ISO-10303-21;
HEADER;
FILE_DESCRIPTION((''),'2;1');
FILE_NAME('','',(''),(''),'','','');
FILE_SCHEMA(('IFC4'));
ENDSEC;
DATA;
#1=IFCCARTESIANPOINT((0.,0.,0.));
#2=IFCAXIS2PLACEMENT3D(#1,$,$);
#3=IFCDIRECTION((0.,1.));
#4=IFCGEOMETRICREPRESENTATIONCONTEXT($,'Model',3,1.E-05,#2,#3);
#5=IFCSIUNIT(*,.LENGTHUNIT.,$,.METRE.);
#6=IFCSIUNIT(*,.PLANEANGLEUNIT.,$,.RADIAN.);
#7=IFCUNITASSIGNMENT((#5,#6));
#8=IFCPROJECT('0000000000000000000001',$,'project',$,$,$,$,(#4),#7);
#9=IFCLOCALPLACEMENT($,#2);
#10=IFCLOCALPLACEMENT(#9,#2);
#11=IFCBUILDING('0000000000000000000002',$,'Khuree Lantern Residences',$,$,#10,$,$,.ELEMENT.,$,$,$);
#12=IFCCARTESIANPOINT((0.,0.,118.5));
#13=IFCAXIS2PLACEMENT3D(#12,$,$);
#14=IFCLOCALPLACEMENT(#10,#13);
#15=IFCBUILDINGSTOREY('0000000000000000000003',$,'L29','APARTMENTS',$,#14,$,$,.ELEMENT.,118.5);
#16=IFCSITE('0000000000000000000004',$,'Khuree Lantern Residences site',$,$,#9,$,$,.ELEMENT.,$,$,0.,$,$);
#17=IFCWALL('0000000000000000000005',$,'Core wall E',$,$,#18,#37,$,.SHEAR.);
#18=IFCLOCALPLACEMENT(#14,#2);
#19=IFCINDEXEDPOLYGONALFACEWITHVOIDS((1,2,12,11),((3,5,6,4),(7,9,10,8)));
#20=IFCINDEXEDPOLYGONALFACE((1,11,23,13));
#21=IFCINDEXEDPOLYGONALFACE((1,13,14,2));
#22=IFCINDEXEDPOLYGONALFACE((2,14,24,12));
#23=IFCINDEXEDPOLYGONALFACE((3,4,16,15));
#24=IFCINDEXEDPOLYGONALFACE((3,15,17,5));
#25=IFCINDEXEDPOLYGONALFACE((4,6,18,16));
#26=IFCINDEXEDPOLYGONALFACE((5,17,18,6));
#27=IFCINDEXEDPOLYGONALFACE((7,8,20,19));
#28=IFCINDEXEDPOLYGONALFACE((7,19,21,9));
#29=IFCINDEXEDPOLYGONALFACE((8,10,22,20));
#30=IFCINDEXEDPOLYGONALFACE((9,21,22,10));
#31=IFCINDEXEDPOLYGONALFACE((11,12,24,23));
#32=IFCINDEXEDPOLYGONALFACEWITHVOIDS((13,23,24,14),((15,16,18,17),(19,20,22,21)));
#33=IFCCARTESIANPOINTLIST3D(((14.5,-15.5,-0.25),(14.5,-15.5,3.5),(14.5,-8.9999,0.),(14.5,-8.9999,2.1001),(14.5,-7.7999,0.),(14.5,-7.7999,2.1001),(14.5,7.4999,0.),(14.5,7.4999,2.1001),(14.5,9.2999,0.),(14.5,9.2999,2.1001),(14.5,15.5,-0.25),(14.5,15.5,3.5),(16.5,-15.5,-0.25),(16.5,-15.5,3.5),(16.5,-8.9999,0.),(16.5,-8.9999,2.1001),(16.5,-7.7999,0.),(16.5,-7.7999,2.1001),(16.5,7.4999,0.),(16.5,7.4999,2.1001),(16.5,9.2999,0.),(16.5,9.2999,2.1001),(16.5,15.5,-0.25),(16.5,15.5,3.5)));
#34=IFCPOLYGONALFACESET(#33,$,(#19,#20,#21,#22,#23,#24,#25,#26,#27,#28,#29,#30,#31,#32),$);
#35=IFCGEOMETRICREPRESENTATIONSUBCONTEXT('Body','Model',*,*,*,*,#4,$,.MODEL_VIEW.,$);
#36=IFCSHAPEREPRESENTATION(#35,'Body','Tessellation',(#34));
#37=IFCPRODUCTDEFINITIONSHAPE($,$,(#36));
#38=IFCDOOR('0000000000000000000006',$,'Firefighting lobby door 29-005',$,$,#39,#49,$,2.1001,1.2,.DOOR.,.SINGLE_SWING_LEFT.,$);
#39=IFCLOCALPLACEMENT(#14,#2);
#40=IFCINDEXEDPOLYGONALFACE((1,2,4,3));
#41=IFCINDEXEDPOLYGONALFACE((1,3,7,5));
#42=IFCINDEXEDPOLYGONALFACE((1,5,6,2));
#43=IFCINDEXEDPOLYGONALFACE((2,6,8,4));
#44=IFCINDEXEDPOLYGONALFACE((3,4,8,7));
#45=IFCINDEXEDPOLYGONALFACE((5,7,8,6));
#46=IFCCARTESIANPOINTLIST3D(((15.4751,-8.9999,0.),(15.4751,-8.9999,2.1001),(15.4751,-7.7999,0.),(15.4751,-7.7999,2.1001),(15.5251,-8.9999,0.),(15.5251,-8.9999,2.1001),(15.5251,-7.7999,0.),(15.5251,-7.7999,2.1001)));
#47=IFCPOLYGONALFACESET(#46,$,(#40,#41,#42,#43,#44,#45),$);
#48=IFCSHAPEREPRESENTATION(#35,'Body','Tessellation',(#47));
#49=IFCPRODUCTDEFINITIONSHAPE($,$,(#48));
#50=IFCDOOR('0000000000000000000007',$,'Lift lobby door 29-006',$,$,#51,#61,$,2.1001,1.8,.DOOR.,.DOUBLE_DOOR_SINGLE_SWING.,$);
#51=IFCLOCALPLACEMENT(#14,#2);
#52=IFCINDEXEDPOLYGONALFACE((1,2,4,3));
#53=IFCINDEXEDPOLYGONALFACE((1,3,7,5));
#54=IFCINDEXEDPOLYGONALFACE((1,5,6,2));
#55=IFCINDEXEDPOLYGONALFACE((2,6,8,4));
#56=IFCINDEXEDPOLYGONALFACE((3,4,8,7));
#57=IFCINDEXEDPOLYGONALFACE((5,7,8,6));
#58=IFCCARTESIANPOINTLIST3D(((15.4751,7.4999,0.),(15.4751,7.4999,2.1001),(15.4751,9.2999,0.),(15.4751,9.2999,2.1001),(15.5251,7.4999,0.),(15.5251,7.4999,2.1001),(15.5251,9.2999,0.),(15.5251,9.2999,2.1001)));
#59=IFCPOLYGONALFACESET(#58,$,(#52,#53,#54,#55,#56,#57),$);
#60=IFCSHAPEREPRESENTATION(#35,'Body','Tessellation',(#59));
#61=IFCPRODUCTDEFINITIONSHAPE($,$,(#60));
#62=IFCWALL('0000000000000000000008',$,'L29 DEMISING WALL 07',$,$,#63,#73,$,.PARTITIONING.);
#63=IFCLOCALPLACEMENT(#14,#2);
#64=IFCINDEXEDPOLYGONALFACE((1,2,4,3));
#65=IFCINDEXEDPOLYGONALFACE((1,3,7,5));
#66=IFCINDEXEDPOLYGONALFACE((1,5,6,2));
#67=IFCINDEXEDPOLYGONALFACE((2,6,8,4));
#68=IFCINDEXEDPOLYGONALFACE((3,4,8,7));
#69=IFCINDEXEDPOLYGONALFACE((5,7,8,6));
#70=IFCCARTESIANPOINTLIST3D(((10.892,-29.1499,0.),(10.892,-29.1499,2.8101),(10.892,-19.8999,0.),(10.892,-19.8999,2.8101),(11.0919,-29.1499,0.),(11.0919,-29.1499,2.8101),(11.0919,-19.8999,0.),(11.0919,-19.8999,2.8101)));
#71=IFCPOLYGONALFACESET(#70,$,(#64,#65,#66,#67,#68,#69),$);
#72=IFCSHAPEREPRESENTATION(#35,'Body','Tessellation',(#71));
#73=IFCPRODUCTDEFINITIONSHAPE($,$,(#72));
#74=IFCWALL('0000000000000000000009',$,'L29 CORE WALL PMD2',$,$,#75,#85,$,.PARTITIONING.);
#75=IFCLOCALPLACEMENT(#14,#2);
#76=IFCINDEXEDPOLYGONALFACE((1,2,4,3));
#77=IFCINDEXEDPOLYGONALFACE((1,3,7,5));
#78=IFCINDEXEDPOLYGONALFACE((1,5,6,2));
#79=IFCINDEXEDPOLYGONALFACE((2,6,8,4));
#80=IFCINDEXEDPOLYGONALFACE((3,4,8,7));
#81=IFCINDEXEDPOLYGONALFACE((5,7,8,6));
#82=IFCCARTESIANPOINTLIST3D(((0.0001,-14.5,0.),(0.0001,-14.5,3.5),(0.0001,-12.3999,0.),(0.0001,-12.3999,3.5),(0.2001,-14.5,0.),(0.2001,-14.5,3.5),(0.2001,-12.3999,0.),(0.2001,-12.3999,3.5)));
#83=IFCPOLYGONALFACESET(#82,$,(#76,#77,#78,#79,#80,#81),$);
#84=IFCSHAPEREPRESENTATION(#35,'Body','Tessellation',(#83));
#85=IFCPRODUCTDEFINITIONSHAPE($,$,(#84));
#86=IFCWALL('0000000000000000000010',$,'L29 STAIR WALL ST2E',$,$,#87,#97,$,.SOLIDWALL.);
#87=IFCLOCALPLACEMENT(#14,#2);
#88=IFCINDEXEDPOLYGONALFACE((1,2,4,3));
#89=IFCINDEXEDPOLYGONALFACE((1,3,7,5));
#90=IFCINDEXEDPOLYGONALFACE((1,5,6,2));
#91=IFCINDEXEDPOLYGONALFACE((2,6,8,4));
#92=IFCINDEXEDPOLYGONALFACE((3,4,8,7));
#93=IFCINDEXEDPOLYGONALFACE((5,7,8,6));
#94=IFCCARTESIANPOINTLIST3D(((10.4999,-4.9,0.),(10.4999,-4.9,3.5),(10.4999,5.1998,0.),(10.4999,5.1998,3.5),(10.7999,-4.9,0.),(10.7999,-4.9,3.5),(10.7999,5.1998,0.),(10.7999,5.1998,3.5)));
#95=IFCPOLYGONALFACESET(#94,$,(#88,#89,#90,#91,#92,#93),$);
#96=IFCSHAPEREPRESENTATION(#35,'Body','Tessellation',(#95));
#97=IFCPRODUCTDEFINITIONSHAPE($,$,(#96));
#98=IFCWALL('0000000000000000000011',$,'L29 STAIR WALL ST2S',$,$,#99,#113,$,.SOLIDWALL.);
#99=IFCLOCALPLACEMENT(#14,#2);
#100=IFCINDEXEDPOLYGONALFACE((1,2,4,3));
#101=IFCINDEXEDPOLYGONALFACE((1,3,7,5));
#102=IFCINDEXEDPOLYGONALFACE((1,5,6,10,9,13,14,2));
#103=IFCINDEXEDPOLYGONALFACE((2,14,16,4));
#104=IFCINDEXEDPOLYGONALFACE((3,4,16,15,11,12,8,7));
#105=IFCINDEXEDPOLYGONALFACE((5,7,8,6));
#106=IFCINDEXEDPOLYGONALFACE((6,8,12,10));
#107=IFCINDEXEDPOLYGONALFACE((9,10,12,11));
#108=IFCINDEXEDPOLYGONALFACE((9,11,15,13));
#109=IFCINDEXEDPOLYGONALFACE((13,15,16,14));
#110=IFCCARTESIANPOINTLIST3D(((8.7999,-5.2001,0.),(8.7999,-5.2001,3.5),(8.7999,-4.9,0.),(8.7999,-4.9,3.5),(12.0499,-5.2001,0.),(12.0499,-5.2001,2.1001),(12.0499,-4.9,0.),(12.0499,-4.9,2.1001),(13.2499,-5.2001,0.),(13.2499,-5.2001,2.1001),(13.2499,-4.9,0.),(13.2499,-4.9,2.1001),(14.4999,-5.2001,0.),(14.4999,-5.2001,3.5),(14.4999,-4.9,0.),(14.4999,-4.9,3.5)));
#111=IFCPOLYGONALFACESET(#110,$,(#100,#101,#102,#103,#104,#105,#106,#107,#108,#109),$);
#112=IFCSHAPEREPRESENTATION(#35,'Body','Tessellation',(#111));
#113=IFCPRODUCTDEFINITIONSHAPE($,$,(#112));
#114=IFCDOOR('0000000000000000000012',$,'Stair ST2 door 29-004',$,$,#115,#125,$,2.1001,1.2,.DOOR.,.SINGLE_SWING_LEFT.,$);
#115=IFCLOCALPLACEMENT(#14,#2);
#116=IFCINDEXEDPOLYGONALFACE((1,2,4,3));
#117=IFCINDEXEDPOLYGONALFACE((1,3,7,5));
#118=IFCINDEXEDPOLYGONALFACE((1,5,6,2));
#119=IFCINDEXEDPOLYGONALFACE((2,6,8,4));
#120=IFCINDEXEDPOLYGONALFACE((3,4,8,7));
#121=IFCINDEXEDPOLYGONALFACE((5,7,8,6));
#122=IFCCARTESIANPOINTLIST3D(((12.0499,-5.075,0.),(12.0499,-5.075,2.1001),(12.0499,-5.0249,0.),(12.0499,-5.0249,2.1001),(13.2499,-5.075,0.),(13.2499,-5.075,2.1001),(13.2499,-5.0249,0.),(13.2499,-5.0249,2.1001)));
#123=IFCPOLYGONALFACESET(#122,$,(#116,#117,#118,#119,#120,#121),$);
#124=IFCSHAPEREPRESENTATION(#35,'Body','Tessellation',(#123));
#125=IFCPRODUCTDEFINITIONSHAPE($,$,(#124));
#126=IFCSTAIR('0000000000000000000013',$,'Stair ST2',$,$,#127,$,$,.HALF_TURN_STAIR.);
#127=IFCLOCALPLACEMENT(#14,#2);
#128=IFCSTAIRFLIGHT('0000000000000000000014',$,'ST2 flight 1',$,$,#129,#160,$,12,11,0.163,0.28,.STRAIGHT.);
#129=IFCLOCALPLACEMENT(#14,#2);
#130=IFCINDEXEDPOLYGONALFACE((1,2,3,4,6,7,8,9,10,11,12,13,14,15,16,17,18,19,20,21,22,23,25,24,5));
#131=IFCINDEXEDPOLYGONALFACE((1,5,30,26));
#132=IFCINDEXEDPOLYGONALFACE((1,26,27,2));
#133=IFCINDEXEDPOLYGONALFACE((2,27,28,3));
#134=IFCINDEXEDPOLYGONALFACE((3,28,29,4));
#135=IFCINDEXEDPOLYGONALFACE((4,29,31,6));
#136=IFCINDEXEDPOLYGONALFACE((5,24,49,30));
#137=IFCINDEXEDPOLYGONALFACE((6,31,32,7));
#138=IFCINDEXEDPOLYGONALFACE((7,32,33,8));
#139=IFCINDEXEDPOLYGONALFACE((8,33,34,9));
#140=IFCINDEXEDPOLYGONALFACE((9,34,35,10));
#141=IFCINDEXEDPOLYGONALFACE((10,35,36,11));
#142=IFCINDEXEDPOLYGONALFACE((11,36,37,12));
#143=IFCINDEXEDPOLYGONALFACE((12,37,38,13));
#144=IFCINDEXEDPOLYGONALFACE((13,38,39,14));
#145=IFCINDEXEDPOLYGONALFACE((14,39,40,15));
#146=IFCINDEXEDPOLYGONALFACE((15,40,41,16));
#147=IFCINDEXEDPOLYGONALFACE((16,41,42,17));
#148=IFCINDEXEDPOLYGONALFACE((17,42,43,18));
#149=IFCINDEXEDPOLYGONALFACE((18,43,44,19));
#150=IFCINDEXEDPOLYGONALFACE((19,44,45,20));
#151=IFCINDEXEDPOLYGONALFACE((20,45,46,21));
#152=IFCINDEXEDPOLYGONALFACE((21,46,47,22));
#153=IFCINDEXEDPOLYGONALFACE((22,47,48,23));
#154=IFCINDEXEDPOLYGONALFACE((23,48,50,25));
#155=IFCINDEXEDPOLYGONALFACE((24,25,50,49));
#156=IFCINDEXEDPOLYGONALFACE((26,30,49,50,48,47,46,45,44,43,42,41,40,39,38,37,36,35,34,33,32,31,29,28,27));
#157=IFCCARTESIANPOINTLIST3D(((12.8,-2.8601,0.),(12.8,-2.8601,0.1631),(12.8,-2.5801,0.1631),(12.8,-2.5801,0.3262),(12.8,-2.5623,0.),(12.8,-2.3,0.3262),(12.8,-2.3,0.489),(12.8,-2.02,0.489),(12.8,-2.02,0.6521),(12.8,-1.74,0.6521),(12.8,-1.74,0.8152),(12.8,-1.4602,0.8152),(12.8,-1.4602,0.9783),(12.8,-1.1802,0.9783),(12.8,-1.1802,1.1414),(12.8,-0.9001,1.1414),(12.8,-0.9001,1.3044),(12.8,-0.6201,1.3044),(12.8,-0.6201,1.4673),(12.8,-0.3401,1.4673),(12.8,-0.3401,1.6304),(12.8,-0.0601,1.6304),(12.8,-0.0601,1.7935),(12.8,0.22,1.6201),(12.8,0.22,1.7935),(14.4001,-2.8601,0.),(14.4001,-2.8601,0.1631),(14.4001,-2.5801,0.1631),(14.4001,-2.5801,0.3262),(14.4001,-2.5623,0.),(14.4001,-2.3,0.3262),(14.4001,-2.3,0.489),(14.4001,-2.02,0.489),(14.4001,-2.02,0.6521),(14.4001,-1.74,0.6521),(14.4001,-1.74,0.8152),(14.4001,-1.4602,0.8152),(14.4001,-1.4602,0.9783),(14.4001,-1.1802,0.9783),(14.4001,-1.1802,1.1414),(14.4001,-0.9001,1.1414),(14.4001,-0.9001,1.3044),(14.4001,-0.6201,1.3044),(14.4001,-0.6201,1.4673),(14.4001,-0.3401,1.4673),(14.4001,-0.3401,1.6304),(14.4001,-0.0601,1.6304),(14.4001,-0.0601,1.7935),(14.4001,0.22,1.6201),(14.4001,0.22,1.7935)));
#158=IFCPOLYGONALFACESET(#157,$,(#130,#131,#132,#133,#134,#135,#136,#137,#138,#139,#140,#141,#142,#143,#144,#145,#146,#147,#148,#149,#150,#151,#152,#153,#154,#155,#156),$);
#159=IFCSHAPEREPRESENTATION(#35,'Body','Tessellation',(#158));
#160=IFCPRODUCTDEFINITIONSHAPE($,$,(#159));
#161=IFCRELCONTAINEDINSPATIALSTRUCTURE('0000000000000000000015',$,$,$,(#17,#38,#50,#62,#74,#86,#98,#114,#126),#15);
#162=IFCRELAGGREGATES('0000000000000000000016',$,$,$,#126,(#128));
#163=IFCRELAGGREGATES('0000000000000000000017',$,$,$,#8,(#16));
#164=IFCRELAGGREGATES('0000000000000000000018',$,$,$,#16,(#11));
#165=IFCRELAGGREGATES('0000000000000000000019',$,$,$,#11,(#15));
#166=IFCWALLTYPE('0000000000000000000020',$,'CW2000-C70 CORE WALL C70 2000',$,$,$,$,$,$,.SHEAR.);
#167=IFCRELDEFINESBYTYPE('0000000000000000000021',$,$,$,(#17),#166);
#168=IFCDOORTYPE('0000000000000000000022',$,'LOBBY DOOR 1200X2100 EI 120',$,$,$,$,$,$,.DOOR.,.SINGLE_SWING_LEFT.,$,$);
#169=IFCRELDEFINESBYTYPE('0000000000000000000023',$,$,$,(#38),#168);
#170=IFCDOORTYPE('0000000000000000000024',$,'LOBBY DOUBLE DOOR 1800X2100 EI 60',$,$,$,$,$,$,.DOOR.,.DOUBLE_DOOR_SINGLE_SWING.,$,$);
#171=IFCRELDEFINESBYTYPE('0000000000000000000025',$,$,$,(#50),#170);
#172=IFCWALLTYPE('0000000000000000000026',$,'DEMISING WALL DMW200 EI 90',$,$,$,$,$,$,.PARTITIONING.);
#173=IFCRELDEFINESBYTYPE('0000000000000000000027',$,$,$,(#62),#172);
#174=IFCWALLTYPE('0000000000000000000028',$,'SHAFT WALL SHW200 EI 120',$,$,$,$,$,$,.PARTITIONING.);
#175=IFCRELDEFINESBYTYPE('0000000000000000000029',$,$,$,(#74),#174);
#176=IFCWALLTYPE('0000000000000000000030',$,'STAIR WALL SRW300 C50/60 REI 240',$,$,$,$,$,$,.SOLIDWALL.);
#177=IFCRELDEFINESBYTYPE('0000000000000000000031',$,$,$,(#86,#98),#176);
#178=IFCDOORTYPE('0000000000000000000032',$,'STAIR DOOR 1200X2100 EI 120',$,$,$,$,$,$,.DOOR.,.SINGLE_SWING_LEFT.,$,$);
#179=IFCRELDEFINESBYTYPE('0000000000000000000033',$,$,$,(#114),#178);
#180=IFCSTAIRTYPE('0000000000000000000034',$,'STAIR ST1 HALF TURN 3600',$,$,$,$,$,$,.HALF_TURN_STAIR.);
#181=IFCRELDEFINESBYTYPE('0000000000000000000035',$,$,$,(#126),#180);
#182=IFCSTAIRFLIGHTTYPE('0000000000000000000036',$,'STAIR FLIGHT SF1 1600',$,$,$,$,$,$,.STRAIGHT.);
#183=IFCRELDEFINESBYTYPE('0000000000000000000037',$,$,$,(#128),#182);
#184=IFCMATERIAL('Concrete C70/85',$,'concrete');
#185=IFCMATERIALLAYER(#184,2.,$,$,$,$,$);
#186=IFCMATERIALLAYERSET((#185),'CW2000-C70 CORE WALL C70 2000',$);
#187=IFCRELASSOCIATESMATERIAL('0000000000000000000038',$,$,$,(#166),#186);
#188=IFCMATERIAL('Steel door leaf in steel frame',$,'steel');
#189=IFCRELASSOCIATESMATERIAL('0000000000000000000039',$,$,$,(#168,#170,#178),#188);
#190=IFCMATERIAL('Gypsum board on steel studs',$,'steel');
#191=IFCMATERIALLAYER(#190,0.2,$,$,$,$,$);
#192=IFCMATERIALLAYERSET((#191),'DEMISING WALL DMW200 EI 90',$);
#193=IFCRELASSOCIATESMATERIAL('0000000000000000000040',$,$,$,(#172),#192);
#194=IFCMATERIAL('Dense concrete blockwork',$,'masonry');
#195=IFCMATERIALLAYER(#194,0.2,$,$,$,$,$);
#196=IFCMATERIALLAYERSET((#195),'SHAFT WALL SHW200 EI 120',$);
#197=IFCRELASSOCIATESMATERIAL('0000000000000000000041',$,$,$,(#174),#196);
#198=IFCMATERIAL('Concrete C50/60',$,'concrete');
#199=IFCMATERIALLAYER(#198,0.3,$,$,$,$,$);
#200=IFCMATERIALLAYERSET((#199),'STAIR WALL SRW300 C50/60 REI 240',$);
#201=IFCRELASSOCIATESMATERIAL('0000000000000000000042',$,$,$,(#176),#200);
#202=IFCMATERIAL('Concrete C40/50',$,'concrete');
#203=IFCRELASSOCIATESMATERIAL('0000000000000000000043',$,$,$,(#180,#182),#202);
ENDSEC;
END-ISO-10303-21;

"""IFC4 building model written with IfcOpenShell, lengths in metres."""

from ifc_helpers import new_model, si_unit, direction, frame, frame_2d, origin, place, context, subcontext, project, spatial, polyline, rectangle, outline, extrude, material, layer, layer_set, type_object, element, fill, aggregate, save


model = new_model("IFC4")

# Units and contexts
model_context = context("Model", 3, precision=1e-05, world=origin(), true_north=direction((0.0, 1.0)))
body_context = subcontext(model_context, "Body", "Model", "MODEL_VIEW")
ifc_project = project(units=[si_unit("LENGTHUNIT", "METRE"), si_unit("PLANEANGLEUNIT", "RADIAN")], contexts=[model_context])

# Site, building, storey
site_placement = place(None, origin())
site = spatial("IfcSite", under=ifc_project, at=site_placement, Name="Khuree Lantern Residences site", CompositionType="ELEMENT", RefElevation=0.0)
building_placement = place(site_placement, origin())
building = spatial("IfcBuilding", under=site, at=building_placement, Name="Khuree Lantern Residences", CompositionType="ELEMENT")
storey_placement = place(building_placement, frame((0.0, 0.0, 118.5)))
storey = spatial("IfcBuildingStorey", under=building, at=storey_placement, Name="L29", Description="APARTMENTS", CompositionType="ELEMENT", Elevation=118.5)

# Shared definitions
ifc_material_1 = material(Name="Concrete C70/85", Category="concrete")

# Shared definitions
ifc_material_2 = material(Name="Dense concrete blockwork", Category="masonry")

# Shared definitions
ifc_material_3 = material(Name="Gypsum board on steel studs", Category="steel")

# Wall, openings, doors
ifc_layer_1 = layer(ifc_material_1, 2.0)
ifc_layer_set_1 = layer_set([ifc_layer_1], Name="CW2000-C70 CORE WALL C70 2000")
wall_type_1 = type_object("IfcWallType", Name="CW2000-C70 CORE WALL C70 2000", PredefinedType="SHEAR", material=ifc_layer_set_1)
wall_1_placement = place(storey_placement, frame((15.5, -15.5, -0.25), z_axis=(0.0, 0.0, 1.0), x_axis=(0.0, 1.0, 0.0)))
wall_1 = element("IfcWall", 1, at=wall_1_placement, inside=storey, type_object=wall_type_1, Name="Core wall E", PredefinedType="SHEAR", context=body_context, shape_type="SweptSolid", body=[
    extrude(rectangle(XDim=31.0, YDim=2.0, at=frame_2d((15.5, 0.0))), origin(), (0.0, 0.0, 1.0), 3.75),
])
opening_1_placement = place(wall_1_placement, frame((6.5, 0.0, 0.25)))
opening_1 = element("IfcOpeningElement", 2, at=opening_1_placement, cuts=wall_1, PredefinedType="OPENING", context=body_context, shape_type="SweptSolid", body=[
    extrude(rectangle(XDim=1.2, YDim=2.1001, at=frame_2d((0.6001, 1.05))), frame((0.0, 1.01, 0.0), z_axis=(0.0, -1.0, 0.0), x_axis=(1.0, 0.0, 0.0)), (0.0, 0.0, 1.0), 2.02),
])
opening_2_placement = place(wall_1_placement, frame((23.0, 0.0, 0.25)))
opening_2 = element("IfcOpeningElement", 3, at=opening_2_placement, cuts=wall_1, PredefinedType="OPENING", context=body_context, shape_type="SweptSolid", body=[
    extrude(rectangle(XDim=1.8, YDim=2.1001, at=frame_2d((0.8999, 1.05))), frame((0.0, 1.01, 0.0), z_axis=(0.0, -1.0, 0.0), x_axis=(1.0, 0.0, 0.0)), (0.0, 0.0, 1.0), 2.02),
])
ifc_material_4 = material(Name="Steel door leaf in steel frame", Category="steel")
door_type_1 = type_object("IfcDoorType", Name="LOBBY DOOR 1200X2100 EI 120", OperationType="SINGLE_SWING_LEFT", PredefinedType="DOOR", material=ifc_material_4)
door_1_placement = place(opening_1_placement, origin())
door_1 = element("IfcDoor", 4, at=door_1_placement, inside=storey, type_object=door_type_1, Name="Firefighting lobby door 29-005", OperationType="SINGLE_SWING_LEFT", OverallHeight=2.1001, OverallWidth=1.2, PredefinedType="DOOR", context=body_context, shape_type="SweptSolid", body=[
    extrude(rectangle(XDim=1.2, YDim=2.1001, at=frame_2d((0.6001, 1.05))), frame((0.0, 0.0249, 0.0), z_axis=(0.0, -1.0, 0.0), x_axis=(1.0, 0.0, 0.0)), (0.0, 0.0, 1.0), 0.05),
])
fill(opening_1, door_1)
door_type_2 = type_object("IfcDoorType", Name="LOBBY DOUBLE DOOR 1800X2100 EI 60", OperationType="DOUBLE_DOOR_SINGLE_SWING", PredefinedType="DOOR", material=ifc_material_4)
door_2_placement = place(opening_2_placement, origin())
door_2 = element("IfcDoor", 5, at=door_2_placement, inside=storey, type_object=door_type_2, Name="Lift lobby door 29-006", OperationType="DOUBLE_DOOR_SINGLE_SWING", OverallHeight=2.1001, OverallWidth=1.8, PredefinedType="DOOR", context=body_context, shape_type="SweptSolid", body=[
    extrude(rectangle(XDim=1.8, YDim=2.1001, at=frame_2d((0.8999, 1.05))), frame((0.0, 0.0249, 0.0), z_axis=(0.0, -1.0, 0.0), x_axis=(1.0, 0.0, 0.0)), (0.0, 0.0, 1.0), 0.05),
])
fill(opening_2, door_2)

# Walls
ifc_layer_2 = layer(ifc_material_3, 0.2)
ifc_layer_set_2 = layer_set([ifc_layer_2], Name="DEMISING WALL DMW200 EI 90")
wall_type_2 = type_object("IfcWallType", Name="DEMISING WALL DMW200 EI 90", PredefinedType="PARTITIONING", material=ifc_layer_set_2)
wall_2_placement = place(storey_placement, frame((10.9919, -19.8999, 0.0), z_axis=(0.0, 0.0, 1.0), x_axis=(0.0, -1.0, 0.0)))
element("IfcWall", 6, at=wall_2_placement, inside=storey, type_object=wall_type_2, Name="L29 DEMISING WALL 07", PredefinedType="PARTITIONING", context=body_context, shape_type="SweptSolid", body=[
    extrude(rectangle(XDim=9.25, YDim=0.2, at=frame_2d((4.625, 0.0))), origin(), (0.0, 0.0, 1.0), 2.8101),
])
ifc_layer_3 = layer(ifc_material_2, 0.2)
ifc_layer_set_3 = layer_set([ifc_layer_3], Name="SHAFT WALL SHW200 EI 120")
wall_type_3 = type_object("IfcWallType", Name="SHAFT WALL SHW200 EI 120", PredefinedType="PARTITIONING", material=ifc_layer_set_3)
wall_3_placement = place(storey_placement, frame((0.1001, -14.5, 0.0), z_axis=(0.0, 0.0, 1.0), x_axis=(0.0, 1.0, 0.0)))
element("IfcWall", 7, at=wall_3_placement, inside=storey, type_object=wall_type_3, Name="L29 CORE WALL PMD2", PredefinedType="PARTITIONING", context=body_context, shape_type="SweptSolid", body=[
    extrude(rectangle(XDim=2.1001, YDim=0.2, at=frame_2d((1.05, 0.0))), origin(), (0.0, 0.0, 1.0), 3.5),
])
ifc_material_5 = material(Name="Concrete C50/60", Category="concrete")
ifc_layer_4 = layer(ifc_material_5, 0.3)
ifc_layer_set_4 = layer_set([ifc_layer_4], Name="STAIR WALL SRW300 C50/60 REI 240")
wall_type_4 = type_object("IfcWallType", Name="STAIR WALL SRW300 C50/60 REI 240", PredefinedType="SOLIDWALL", material=ifc_layer_set_4)
wall_4_placement = place(storey_placement, frame((10.6499, -4.8999, 0.0), z_axis=(0.0, 0.0, 1.0), x_axis=(0.0, 1.0, 0.0)))
element("IfcWall", 8, at=wall_4_placement, inside=storey, type_object=wall_type_4, Name="L29 STAIR WALL ST2E", PredefinedType="SOLIDWALL", context=body_context, shape_type="SweptSolid", body=[
    extrude(rectangle(XDim=10.0999, YDim=0.3, at=frame_2d((5.0498, 0.0))), origin(), (0.0, 0.0, 1.0), 3.5),
])

# Wall, opening, door
wall_5_placement = place(storey_placement, frame((14.5, -5.05, 0.0), z_axis=(0.0, 0.0, 1.0), x_axis=(-1.0, 0.0, 0.0)))
wall_5 = element("IfcWall", 9, at=wall_5_placement, inside=storey, type_object=wall_type_4, Name="L29 STAIR WALL ST2S", PredefinedType="SOLIDWALL", context=body_context, shape_type="SweptSolid", body=[
    extrude(rectangle(XDim=5.7, YDim=0.3, at=frame_2d((2.8501, 0.0))), origin(), (0.0, 0.0, 1.0), 3.5),
])
opening_3_placement = place(wall_5_placement, frame((1.25, 0.0, 0.0)))
opening_3 = element("IfcOpeningElement", 10, at=opening_3_placement, cuts=wall_5, PredefinedType="OPENING", context=body_context, shape_type="SweptSolid", body=[
    extrude(rectangle(XDim=1.2, YDim=2.1001, at=frame_2d((0.6001, 1.05))), frame((0.0, 0.1602, 0.0), z_axis=(0.0, -1.0, 0.0), x_axis=(1.0, 0.0, 0.0)), (0.0, 0.0, 1.0), 0.3201),
])
door_type_3 = type_object("IfcDoorType", Name="STAIR DOOR 1200X2100 EI 120", OperationType="SINGLE_SWING_LEFT", PredefinedType="DOOR", material=ifc_material_4)
door_3_placement = place(opening_3_placement, origin())
door_3 = element("IfcDoor", 11, at=door_3_placement, inside=storey, type_object=door_type_3, Name="Stair ST2 door 29-004", OperationType="SINGLE_SWING_LEFT", OverallHeight=2.1001, OverallWidth=1.2, PredefinedType="DOOR", context=body_context, shape_type="SweptSolid", body=[
    extrude(rectangle(XDim=1.2, YDim=2.1001, at=frame_2d((0.6001, 1.05))), frame((0.0, 0.0249, 0.0), z_axis=(0.0, -1.0, 0.0), x_axis=(1.0, 0.0, 0.0)), (0.0, 0.0, 1.0), 0.05),
])
fill(opening_3, door_3)

# Stair, stair flight
ifc_material_6 = material(Name="Concrete C40/50", Category="concrete")
stair_type = type_object("IfcStairType", Name="STAIR ST1 HALF TURN 3600", PredefinedType="HALF_TURN_STAIR", material=ifc_material_6)
stair_placement = place(storey_placement, origin())
stair = element("IfcStair", 12, at=stair_placement, inside=storey, type_object=stair_type, Name="Stair ST2", PredefinedType="HALF_TURN_STAIR")
stair_flight_type = type_object("IfcStairFlightType", Name="STAIR FLIGHT SF1 1600", PredefinedType="STRAIGHT", material=ifc_material_6)
stair_flight_placement = place(storey_placement, frame((13.6001, -2.8601, 0.0), z_axis=(0.0, 0.0, 1.0), x_axis=(0.0, 1.0, 0.0)))
stair_flight = element("IfcStairFlight", 13, at=stair_flight_placement, type_object=stair_flight_type, Name="ST2 flight 1", NumberOfRisers=12, NumberOfTreads=11, PredefinedType="STRAIGHT", RiserHeight=0.163, TreadLength=0.28, context=body_context, shape_type="SweptSolid", body=[
    extrude(outline(polyline([(0.0, 0.0), (0.0, 0.1631), (0.28, 0.1631), (0.28, 0.3262), (0.5601, 0.3262), (0.5601, 0.489), (0.8401, 0.489), (0.8401, 0.6521), (1.1201, 0.6521), (1.1201, 0.8152), (1.3999, 0.8152), (1.3999, 0.9783), (1.6799, 0.9783), (1.6799, 1.1414), (1.96, 1.1414), (1.96, 1.3044), (2.24, 1.3044), (2.24, 1.4673), (2.52, 1.4673), (2.52, 1.6304), (2.8, 1.6304), (2.8, 1.7935), (3.0801, 1.7935), (3.0801, 1.9565), (3.0801, 1.6201), (0.2979, 0.0), (0.0, 0.0)])), frame((0.0, 0.8, 0.0), z_axis=(0.0, -1.0, 0.0), x_axis=(1.0, 0.0, 0.0)), (0.0, 0.0, 1.0), 1.6001),
])
aggregate(stair, [stair_flight])

save(model, "model.ifc")
